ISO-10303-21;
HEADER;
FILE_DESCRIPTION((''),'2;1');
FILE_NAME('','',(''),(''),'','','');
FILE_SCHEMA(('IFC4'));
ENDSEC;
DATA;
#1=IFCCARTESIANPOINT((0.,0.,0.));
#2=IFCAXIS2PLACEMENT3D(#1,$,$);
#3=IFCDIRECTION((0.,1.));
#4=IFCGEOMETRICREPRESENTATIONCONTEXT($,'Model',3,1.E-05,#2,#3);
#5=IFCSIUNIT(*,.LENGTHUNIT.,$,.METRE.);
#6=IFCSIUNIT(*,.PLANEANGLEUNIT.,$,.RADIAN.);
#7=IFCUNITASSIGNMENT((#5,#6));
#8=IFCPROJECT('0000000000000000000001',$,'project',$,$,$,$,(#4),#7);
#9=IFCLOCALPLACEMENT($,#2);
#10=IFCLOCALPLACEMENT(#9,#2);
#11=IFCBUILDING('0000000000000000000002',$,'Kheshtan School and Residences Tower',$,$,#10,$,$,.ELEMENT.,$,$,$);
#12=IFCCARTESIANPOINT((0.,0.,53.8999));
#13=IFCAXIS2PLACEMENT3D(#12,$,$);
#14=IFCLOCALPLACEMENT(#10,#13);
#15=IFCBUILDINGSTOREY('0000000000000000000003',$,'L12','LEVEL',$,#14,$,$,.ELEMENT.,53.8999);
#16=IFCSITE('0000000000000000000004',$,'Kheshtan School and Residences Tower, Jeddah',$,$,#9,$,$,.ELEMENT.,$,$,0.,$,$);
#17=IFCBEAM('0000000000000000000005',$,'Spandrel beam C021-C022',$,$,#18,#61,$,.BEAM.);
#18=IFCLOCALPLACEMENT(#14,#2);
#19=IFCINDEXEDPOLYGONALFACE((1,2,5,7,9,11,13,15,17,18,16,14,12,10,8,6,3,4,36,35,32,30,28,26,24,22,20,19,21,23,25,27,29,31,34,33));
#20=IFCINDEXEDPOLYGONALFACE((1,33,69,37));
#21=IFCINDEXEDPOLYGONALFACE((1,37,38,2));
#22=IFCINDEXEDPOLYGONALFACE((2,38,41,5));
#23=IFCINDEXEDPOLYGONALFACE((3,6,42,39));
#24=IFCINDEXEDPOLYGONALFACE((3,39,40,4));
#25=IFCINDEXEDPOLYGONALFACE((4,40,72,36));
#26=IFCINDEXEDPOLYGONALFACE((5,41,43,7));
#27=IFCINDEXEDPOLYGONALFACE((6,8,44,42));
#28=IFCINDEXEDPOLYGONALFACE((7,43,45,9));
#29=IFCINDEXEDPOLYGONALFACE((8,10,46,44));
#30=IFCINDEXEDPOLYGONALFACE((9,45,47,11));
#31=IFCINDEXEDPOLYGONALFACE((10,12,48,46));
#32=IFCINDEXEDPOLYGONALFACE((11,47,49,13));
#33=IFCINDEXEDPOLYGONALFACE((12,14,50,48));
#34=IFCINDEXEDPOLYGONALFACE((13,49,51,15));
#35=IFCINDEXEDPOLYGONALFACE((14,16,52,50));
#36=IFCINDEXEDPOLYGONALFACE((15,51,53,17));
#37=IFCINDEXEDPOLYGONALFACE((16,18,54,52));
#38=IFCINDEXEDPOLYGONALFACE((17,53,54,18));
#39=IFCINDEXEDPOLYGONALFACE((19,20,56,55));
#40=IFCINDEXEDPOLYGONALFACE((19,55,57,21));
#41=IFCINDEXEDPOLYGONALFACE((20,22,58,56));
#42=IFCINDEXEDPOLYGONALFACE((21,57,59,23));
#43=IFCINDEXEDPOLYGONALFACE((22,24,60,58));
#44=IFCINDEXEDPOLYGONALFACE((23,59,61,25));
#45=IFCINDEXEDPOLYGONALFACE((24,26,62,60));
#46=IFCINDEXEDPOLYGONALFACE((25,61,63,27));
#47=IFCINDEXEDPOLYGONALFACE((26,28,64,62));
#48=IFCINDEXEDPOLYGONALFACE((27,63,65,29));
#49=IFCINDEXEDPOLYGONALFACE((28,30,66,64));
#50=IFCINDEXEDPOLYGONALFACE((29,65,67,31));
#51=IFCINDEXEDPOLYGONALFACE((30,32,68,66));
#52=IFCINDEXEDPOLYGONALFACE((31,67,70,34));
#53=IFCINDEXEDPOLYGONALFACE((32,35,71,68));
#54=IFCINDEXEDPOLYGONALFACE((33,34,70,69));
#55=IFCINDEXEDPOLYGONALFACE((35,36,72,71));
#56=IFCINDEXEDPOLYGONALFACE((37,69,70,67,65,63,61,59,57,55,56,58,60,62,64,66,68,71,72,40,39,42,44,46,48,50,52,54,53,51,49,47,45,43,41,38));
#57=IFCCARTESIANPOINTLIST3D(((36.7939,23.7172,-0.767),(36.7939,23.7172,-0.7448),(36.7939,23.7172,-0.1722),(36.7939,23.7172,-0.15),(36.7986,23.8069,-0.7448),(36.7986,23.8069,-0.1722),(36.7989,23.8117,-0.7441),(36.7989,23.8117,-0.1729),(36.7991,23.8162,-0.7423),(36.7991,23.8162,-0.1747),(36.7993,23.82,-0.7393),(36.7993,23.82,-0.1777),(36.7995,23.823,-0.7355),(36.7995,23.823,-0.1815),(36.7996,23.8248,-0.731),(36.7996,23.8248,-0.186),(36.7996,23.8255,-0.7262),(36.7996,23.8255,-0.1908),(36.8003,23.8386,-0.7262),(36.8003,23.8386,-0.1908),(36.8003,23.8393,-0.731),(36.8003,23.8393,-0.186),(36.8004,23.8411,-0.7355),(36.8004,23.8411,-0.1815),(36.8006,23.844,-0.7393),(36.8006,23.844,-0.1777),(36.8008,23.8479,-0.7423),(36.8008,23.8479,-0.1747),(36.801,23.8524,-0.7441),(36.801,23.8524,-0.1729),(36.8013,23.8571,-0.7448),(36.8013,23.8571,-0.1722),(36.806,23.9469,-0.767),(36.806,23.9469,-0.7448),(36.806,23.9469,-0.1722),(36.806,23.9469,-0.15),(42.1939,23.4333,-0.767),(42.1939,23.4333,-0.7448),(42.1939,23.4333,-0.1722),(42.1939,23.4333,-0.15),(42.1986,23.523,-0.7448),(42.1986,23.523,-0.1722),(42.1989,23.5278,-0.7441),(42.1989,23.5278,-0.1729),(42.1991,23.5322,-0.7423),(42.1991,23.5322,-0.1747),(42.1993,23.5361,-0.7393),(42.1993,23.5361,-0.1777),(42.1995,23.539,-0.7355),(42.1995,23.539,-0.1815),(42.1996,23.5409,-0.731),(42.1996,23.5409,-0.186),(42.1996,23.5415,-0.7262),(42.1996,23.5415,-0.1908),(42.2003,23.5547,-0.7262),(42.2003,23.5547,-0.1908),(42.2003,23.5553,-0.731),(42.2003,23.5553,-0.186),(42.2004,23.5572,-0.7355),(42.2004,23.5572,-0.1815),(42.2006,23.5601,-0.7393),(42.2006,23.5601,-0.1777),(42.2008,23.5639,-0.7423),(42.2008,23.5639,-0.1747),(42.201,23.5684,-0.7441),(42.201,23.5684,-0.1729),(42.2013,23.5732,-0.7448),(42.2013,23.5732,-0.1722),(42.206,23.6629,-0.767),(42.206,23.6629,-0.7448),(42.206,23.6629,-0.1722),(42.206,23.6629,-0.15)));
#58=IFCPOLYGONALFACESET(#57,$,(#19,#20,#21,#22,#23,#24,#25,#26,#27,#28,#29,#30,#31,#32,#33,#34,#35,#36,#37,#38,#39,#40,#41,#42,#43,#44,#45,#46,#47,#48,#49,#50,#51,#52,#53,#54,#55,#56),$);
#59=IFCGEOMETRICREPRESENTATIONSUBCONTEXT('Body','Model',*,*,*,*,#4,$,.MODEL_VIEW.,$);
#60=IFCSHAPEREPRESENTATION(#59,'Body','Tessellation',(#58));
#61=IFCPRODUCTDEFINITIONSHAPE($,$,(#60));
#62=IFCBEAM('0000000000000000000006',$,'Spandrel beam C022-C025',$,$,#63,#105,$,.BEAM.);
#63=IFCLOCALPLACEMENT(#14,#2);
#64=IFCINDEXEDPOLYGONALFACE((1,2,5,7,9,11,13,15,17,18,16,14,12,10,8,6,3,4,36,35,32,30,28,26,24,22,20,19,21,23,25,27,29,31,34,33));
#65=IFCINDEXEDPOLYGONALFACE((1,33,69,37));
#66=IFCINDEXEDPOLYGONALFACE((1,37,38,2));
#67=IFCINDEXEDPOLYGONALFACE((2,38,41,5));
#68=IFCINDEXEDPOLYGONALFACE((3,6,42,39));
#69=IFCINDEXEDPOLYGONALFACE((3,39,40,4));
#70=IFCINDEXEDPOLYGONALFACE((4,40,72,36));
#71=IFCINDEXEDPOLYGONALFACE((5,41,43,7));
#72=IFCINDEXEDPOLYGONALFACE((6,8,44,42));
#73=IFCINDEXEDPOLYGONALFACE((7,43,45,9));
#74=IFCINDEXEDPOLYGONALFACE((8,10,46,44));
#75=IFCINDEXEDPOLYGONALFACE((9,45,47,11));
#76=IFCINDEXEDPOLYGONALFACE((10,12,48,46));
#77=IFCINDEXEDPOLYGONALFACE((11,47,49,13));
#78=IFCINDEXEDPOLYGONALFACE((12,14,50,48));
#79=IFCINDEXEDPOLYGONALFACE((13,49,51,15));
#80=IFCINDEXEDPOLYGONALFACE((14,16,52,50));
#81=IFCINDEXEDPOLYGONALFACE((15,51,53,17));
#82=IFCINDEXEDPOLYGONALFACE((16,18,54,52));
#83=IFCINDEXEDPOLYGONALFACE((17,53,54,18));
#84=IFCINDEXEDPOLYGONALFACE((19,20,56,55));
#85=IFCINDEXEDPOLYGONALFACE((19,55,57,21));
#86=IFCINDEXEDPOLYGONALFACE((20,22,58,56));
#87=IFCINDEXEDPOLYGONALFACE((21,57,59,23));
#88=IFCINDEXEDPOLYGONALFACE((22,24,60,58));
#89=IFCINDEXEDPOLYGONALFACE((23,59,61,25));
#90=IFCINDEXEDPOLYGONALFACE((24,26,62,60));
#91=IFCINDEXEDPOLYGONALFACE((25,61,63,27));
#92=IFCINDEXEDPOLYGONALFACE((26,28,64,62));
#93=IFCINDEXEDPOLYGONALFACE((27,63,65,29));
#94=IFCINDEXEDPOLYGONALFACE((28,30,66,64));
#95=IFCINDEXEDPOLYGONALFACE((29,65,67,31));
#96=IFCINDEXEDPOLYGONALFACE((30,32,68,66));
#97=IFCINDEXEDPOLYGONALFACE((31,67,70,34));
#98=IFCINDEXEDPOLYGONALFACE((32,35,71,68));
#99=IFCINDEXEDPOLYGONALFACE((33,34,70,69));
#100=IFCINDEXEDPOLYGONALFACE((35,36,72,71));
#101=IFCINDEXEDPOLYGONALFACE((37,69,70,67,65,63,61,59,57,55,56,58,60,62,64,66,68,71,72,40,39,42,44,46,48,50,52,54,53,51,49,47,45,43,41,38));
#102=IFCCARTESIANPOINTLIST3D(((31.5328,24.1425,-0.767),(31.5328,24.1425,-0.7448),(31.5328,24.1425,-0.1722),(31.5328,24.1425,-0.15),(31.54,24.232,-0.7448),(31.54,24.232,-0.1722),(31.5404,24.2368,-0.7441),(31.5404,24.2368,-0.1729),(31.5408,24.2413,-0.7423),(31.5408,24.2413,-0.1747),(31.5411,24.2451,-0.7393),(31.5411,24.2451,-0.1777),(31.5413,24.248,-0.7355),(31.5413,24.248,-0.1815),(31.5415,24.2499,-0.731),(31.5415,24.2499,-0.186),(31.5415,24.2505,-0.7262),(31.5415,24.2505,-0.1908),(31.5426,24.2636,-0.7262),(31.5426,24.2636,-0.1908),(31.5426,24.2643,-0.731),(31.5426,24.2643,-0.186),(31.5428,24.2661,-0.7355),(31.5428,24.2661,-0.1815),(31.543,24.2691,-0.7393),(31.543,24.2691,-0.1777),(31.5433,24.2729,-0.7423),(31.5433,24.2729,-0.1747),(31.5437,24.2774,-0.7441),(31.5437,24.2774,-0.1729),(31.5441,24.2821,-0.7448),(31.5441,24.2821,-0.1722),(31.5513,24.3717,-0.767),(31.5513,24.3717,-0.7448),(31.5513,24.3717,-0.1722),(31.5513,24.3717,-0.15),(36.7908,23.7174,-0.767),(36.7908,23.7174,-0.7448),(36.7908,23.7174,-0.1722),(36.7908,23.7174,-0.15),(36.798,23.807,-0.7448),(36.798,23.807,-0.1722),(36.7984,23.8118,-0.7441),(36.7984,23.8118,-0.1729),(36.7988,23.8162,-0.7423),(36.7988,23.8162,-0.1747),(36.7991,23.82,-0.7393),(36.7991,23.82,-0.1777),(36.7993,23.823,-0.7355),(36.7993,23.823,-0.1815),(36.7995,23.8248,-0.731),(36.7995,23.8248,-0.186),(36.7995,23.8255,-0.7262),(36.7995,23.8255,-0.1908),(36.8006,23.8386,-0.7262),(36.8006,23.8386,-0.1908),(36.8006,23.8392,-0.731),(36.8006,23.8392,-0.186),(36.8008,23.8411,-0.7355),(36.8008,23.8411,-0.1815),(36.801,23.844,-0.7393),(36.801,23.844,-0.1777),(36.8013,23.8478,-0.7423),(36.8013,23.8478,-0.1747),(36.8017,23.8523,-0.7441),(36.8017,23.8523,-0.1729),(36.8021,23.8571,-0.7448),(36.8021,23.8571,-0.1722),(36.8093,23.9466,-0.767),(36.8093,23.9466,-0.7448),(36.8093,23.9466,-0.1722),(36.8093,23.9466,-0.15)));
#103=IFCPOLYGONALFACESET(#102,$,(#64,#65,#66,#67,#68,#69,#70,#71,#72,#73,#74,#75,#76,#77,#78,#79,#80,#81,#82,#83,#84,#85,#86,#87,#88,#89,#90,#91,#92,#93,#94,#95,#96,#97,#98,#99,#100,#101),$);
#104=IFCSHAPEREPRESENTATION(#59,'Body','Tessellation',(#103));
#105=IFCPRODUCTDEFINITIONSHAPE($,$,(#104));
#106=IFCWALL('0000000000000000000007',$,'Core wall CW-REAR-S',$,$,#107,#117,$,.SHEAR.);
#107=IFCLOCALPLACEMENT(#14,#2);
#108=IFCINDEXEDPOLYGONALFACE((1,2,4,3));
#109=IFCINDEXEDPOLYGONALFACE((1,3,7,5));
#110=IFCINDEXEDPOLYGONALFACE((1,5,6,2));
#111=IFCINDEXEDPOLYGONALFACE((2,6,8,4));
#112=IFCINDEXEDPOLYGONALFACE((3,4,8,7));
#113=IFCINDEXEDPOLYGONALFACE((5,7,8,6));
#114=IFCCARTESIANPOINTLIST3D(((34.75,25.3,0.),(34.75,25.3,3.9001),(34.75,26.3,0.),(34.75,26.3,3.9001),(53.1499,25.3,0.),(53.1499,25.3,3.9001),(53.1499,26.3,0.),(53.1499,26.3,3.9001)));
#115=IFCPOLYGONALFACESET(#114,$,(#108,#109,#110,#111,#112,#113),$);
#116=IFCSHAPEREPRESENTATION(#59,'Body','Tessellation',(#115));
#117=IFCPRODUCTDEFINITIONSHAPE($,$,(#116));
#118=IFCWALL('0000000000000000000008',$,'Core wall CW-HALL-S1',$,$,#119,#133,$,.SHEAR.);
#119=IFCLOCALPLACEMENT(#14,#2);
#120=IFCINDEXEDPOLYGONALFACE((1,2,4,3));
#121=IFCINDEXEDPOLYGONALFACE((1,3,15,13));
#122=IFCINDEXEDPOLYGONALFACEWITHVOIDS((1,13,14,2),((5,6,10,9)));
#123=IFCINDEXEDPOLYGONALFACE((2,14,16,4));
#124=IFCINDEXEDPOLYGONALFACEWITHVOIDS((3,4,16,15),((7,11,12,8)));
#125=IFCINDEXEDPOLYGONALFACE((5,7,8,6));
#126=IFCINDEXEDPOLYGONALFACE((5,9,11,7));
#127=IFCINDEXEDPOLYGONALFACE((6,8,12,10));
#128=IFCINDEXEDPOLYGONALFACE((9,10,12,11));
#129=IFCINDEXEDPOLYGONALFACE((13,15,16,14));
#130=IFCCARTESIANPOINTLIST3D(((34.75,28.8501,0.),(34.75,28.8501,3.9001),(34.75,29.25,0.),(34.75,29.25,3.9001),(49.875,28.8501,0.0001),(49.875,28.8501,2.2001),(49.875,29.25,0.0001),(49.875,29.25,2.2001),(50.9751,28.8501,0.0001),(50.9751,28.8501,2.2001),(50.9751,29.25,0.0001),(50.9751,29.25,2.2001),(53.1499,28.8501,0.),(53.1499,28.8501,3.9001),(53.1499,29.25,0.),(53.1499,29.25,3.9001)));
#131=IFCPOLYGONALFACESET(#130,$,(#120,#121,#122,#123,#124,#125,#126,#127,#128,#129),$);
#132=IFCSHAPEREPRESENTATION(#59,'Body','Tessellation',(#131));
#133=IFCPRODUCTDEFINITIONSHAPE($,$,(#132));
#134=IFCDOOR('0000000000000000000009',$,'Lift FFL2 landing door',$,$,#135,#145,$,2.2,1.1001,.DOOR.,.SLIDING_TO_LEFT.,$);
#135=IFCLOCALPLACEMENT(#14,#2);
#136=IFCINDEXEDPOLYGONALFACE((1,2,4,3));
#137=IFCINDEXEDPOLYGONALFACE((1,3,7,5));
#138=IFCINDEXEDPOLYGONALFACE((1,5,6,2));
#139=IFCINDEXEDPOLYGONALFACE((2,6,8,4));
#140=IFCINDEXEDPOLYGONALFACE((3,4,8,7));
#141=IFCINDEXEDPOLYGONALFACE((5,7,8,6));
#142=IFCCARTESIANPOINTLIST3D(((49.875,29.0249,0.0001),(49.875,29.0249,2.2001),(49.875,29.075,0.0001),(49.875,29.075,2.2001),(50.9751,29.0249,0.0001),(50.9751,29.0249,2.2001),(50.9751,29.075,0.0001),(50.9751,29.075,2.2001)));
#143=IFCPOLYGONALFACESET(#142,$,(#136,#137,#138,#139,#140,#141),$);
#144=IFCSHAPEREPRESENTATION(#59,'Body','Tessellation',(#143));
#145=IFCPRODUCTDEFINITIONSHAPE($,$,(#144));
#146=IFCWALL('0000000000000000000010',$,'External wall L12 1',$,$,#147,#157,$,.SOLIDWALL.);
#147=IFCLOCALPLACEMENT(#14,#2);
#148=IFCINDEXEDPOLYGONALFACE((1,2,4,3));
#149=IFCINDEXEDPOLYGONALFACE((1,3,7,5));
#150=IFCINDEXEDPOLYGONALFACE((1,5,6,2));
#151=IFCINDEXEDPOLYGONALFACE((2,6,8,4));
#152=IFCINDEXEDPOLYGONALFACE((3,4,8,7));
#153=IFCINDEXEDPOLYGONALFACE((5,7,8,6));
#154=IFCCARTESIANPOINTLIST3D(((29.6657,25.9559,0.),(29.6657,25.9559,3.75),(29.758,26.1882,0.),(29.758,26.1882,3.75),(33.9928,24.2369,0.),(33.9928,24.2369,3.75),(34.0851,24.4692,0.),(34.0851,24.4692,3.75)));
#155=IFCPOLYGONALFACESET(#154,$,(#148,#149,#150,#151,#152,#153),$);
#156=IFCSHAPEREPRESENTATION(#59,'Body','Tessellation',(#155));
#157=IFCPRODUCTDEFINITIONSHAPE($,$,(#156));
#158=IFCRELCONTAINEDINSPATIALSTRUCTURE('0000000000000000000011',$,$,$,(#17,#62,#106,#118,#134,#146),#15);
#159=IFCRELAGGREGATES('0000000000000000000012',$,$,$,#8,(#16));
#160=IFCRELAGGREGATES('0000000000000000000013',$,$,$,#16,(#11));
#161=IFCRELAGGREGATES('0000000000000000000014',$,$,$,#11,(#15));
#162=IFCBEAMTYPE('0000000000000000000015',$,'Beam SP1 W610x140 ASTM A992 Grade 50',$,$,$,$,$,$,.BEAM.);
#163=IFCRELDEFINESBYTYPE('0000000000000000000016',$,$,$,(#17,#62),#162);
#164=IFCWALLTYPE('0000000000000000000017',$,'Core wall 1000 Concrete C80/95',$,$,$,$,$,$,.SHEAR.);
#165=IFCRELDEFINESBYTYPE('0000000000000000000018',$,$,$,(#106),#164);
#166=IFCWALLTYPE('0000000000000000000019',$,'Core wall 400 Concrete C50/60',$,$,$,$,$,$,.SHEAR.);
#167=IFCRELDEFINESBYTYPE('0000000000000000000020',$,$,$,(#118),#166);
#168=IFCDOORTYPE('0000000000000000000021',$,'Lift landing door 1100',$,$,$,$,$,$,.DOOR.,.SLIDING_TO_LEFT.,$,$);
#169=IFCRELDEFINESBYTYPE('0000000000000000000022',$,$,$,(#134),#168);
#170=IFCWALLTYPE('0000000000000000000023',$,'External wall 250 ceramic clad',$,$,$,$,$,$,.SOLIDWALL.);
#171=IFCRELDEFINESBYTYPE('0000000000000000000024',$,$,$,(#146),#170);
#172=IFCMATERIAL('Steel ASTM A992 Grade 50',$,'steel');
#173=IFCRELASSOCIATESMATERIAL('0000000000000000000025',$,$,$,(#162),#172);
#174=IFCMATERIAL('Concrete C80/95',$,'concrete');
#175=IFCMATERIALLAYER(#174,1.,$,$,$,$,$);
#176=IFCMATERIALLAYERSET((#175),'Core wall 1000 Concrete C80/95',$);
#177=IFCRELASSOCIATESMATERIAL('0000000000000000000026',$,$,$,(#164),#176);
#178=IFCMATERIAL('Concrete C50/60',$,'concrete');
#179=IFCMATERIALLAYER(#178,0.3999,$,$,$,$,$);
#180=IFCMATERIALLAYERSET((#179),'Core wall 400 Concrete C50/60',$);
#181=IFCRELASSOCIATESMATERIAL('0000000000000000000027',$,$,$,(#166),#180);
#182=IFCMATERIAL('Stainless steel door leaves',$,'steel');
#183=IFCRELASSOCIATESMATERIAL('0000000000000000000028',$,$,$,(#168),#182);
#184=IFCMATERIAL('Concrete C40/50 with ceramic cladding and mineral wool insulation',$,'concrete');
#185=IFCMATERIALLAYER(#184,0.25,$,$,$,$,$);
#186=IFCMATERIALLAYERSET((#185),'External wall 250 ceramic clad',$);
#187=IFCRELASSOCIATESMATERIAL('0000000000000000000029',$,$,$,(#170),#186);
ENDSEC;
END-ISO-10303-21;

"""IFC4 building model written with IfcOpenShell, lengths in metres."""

from ifc_helpers import new_model, si_unit, direction, frame, frame_2d, origin, origin_2d, place, context, subcontext, project, spatial, rectangle, i_section, extrude, source, transform, mapped, material, layer, layer_set, material_profile, profile_set, type_object, element, fill, save


model = new_model("IFC4")

# Units and contexts
model_context = context("Model", 3, precision=1e-05, world=origin(), true_north=direction((0.0, 1.0)))
body_context = subcontext(model_context, "Body", "Model", "MODEL_VIEW")
ifc_project = project(units=[si_unit("LENGTHUNIT", "METRE"), si_unit("PLANEANGLEUNIT", "RADIAN")], contexts=[model_context])

# Site, building, storey
site_placement = place(None, origin())
site = spatial("IfcSite", under=ifc_project, at=site_placement, Name="Kheshtan School and Residences Tower, Jeddah", CompositionType="ELEMENT", RefElevation=0.0)
building_placement = place(site_placement, origin())
building = spatial("IfcBuilding", under=site, at=building_placement, Name="Kheshtan School and Residences Tower", CompositionType="ELEMENT")
storey_placement = place(building_placement, frame((0.0, 0.0, 53.8999)))
storey = spatial("IfcBuildingStorey", under=building, at=storey_placement, Name="L12", Description="LEVEL", CompositionType="ELEMENT", Elevation=53.8999)

# Shared definitions
ifc_material_1 = material(Name="Steel ASTM A992 Grade 50", Category="steel")

# Beams
ifc_material_profile_1 = material_profile(ifc_material_1, i_section(OverallWidth=0.23, OverallDepth=0.6169, WebThickness=0.0132, FlangeThickness=0.0222, FilletRadius=0.0186, at=origin_2d()), Name="W610x140")
ifc_profile_set_1 = profile_set([ifc_material_profile_1], Name="Steel ASTM A992 Grade 50")
beam_type_1 = type_object("IfcBeamType", Name="Beam SP1 W610x140 ASTM A992 Grade 50", PredefinedType="BEAM", material=ifc_profile_set_1)
beam_1_placement = place(storey_placement, frame((42.2, 23.5481, -0.4585), z_axis=(-0.99862, 0.052509, 0.0), x_axis=(-0.052509, -0.99862, 0.0)))
element("IfcBeam", 1, at=beam_1_placement, inside=storey, type_object=beam_type_1, Name="Spandrel beam C021-C022", PredefinedType="BEAM", context=body_context, shape_type="SweptSolid", body=[
    extrude(i_section(OverallWidth=0.23, OverallDepth=0.6169, WebThickness=0.0132, FlangeThickness=0.0222, FilletRadius=0.0186, at=origin_2d()), origin(), (0.0, 0.0, 1.0), 5.4075),
])
beam_2_placement = place(storey_placement, frame((36.8, 23.832, -0.4585), z_axis=(-0.996749, 0.080575, 0.0), x_axis=(-0.080575, -0.996749, 0.0)))
element("IfcBeam", 2, at=beam_2_placement, inside=storey, type_object=beam_type_1, Name="Spandrel beam C022-C025", PredefinedType="BEAM", context=body_context, shape_type="SweptSolid", body=[
    extrude(i_section(OverallWidth=0.23, OverallDepth=0.6169, WebThickness=0.0132, FlangeThickness=0.0222, FilletRadius=0.0186, at=origin_2d()), origin(), (0.0, 0.0, 1.0), 5.2751),
])

# Wall
ifc_material_2 = material(Name="Concrete C80/95", Category="concrete")
ifc_layer_1 = layer(ifc_material_2, 1.0)
ifc_layer_set_1 = layer_set([ifc_layer_1], Name="Core wall 1000 Concrete C80/95")
wall_type_1 = type_object("IfcWallType", Name="Core wall 1000 Concrete C80/95", PredefinedType="SHEAR", material=ifc_layer_set_1)
wall_1_placement = place(storey_placement, frame((34.75, 25.8, 0.0), z_axis=(0.0, 0.0, 1.0), x_axis=(1.0, 0.0, 0.0)))
element("IfcWall", 3, at=wall_1_placement, inside=storey, type_object=wall_type_1, Name="Core wall CW-REAR-S", PredefinedType="SHEAR", context=body_context, shape_type="SweptSolid", body=[
    extrude(rectangle(XDim=18.3999, YDim=1.0, at=frame_2d((9.2, 0.0))), origin(), (0.0, 0.0, 1.0), 3.9001),
])

# Wall, opening, door
ifc_material_3 = material(Name="Concrete C50/60", Category="concrete")
ifc_layer_2 = layer(ifc_material_3, 0.3999)
ifc_layer_set_2 = layer_set([ifc_layer_2], Name="Core wall 400 Concrete C50/60")
wall_type_2 = type_object("IfcWallType", Name="Core wall 400 Concrete C50/60", PredefinedType="SHEAR", material=ifc_layer_set_2)
wall_2_placement = place(storey_placement, frame((34.75, 29.05, 0.0), z_axis=(0.0, 0.0, 1.0), x_axis=(1.0, 0.0, 0.0)))
wall_2 = element("IfcWall", 4, at=wall_2_placement, inside=storey, type_object=wall_type_2, Name="Core wall CW-HALL-S1", PredefinedType="SHEAR", context=body_context, shape_type="SweptSolid", body=[
    extrude(rectangle(XDim=18.3999, YDim=0.3999, at=frame_2d((9.2, 0.0))), origin(), (0.0, 0.0, 1.0), 3.9001),
])
opening_1_placement = place(wall_2_placement, frame((15.125, 0.0, 0.0)))
opening_1 = element("IfcOpeningElement", 5, at=opening_1_placement, cuts=wall_2, PredefinedType="OPENING", context=body_context, shape_type="SweptSolid", body=[
    extrude(rectangle(XDim=1.1001, YDim=2.2, at=frame_2d((0.55, 1.1001))), frame((0.0, 0.21, 0.0), z_axis=(0.0, -1.0, 0.0), x_axis=(1.0, 0.0, 0.0)), (0.0, 0.0, 1.0), 0.4199),
])
ifc_material_4 = material(Name="Stainless steel door leaves", Category="steel")
door_type_1 = type_object("IfcDoorType", Name="Lift landing door 1100", OperationType="SLIDING_TO_LEFT", PredefinedType="DOOR", material=ifc_material_4)
shared_shape_1 = source(origin(), body_context, "Body", "SweptSolid", [
    extrude(rectangle(XDim=1.1001, YDim=2.2, at=frame_2d((0.55, 1.1001))), frame((0.0, 0.0249, 0.0), z_axis=(0.0, -1.0, 0.0), x_axis=(1.0, 0.0, 0.0)), (0.0, 0.0, 1.0), 0.05),
])
door_1_placement = place(opening_1_placement, origin())
door_1 = element("IfcDoor", 6, at=door_1_placement, inside=storey, type_object=door_type_1, Name="Lift FFL2 landing door", OperationType="SLIDING_TO_LEFT", OverallHeight=2.2, OverallWidth=1.1001, PredefinedType="DOOR", context=body_context, shape_type="MappedRepresentation", body=[
    mapped(shared_shape_1, transform((0.0, 0.0, 0.0), x_axis=(1.0, 0.0, 0.0), y_axis=(0.0, 1.0, 0.0), z_axis=(0.0, 0.0, 1.0), scale=1.0)),
])
fill(opening_1, door_1)

# Wall
ifc_material_5 = material(Name="Concrete C40/50 with ceramic cladding and mineral wool insulation", Category="concrete")
ifc_layer_3 = layer(ifc_material_5, 0.25)
ifc_layer_set_3 = layer_set([ifc_layer_3], Name="External wall 250 ceramic clad")
wall_type_3 = type_object("IfcWallType", Name="External wall 250 ceramic clad", PredefinedType="SOLIDWALL", material=ifc_layer_set_3)
wall_3_placement = place(storey_placement, frame((34.0391, 24.353, 0.0), z_axis=(0.0, 0.0, 1.0), x_axis=(-0.929353, 0.369193, 0.0)))
element("IfcWall", 7, at=wall_3_placement, inside=storey, type_object=wall_type_3, Name="External wall L12 1", PredefinedType="SOLIDWALL", context=body_context, shape_type="SweptSolid", body=[
    extrude(rectangle(XDim=4.656, YDim=0.25, at=frame_2d((2.3281, 0.0))), origin(), (0.0, 0.0, 1.0), 3.75),
])

save(model, "model.ifc")
